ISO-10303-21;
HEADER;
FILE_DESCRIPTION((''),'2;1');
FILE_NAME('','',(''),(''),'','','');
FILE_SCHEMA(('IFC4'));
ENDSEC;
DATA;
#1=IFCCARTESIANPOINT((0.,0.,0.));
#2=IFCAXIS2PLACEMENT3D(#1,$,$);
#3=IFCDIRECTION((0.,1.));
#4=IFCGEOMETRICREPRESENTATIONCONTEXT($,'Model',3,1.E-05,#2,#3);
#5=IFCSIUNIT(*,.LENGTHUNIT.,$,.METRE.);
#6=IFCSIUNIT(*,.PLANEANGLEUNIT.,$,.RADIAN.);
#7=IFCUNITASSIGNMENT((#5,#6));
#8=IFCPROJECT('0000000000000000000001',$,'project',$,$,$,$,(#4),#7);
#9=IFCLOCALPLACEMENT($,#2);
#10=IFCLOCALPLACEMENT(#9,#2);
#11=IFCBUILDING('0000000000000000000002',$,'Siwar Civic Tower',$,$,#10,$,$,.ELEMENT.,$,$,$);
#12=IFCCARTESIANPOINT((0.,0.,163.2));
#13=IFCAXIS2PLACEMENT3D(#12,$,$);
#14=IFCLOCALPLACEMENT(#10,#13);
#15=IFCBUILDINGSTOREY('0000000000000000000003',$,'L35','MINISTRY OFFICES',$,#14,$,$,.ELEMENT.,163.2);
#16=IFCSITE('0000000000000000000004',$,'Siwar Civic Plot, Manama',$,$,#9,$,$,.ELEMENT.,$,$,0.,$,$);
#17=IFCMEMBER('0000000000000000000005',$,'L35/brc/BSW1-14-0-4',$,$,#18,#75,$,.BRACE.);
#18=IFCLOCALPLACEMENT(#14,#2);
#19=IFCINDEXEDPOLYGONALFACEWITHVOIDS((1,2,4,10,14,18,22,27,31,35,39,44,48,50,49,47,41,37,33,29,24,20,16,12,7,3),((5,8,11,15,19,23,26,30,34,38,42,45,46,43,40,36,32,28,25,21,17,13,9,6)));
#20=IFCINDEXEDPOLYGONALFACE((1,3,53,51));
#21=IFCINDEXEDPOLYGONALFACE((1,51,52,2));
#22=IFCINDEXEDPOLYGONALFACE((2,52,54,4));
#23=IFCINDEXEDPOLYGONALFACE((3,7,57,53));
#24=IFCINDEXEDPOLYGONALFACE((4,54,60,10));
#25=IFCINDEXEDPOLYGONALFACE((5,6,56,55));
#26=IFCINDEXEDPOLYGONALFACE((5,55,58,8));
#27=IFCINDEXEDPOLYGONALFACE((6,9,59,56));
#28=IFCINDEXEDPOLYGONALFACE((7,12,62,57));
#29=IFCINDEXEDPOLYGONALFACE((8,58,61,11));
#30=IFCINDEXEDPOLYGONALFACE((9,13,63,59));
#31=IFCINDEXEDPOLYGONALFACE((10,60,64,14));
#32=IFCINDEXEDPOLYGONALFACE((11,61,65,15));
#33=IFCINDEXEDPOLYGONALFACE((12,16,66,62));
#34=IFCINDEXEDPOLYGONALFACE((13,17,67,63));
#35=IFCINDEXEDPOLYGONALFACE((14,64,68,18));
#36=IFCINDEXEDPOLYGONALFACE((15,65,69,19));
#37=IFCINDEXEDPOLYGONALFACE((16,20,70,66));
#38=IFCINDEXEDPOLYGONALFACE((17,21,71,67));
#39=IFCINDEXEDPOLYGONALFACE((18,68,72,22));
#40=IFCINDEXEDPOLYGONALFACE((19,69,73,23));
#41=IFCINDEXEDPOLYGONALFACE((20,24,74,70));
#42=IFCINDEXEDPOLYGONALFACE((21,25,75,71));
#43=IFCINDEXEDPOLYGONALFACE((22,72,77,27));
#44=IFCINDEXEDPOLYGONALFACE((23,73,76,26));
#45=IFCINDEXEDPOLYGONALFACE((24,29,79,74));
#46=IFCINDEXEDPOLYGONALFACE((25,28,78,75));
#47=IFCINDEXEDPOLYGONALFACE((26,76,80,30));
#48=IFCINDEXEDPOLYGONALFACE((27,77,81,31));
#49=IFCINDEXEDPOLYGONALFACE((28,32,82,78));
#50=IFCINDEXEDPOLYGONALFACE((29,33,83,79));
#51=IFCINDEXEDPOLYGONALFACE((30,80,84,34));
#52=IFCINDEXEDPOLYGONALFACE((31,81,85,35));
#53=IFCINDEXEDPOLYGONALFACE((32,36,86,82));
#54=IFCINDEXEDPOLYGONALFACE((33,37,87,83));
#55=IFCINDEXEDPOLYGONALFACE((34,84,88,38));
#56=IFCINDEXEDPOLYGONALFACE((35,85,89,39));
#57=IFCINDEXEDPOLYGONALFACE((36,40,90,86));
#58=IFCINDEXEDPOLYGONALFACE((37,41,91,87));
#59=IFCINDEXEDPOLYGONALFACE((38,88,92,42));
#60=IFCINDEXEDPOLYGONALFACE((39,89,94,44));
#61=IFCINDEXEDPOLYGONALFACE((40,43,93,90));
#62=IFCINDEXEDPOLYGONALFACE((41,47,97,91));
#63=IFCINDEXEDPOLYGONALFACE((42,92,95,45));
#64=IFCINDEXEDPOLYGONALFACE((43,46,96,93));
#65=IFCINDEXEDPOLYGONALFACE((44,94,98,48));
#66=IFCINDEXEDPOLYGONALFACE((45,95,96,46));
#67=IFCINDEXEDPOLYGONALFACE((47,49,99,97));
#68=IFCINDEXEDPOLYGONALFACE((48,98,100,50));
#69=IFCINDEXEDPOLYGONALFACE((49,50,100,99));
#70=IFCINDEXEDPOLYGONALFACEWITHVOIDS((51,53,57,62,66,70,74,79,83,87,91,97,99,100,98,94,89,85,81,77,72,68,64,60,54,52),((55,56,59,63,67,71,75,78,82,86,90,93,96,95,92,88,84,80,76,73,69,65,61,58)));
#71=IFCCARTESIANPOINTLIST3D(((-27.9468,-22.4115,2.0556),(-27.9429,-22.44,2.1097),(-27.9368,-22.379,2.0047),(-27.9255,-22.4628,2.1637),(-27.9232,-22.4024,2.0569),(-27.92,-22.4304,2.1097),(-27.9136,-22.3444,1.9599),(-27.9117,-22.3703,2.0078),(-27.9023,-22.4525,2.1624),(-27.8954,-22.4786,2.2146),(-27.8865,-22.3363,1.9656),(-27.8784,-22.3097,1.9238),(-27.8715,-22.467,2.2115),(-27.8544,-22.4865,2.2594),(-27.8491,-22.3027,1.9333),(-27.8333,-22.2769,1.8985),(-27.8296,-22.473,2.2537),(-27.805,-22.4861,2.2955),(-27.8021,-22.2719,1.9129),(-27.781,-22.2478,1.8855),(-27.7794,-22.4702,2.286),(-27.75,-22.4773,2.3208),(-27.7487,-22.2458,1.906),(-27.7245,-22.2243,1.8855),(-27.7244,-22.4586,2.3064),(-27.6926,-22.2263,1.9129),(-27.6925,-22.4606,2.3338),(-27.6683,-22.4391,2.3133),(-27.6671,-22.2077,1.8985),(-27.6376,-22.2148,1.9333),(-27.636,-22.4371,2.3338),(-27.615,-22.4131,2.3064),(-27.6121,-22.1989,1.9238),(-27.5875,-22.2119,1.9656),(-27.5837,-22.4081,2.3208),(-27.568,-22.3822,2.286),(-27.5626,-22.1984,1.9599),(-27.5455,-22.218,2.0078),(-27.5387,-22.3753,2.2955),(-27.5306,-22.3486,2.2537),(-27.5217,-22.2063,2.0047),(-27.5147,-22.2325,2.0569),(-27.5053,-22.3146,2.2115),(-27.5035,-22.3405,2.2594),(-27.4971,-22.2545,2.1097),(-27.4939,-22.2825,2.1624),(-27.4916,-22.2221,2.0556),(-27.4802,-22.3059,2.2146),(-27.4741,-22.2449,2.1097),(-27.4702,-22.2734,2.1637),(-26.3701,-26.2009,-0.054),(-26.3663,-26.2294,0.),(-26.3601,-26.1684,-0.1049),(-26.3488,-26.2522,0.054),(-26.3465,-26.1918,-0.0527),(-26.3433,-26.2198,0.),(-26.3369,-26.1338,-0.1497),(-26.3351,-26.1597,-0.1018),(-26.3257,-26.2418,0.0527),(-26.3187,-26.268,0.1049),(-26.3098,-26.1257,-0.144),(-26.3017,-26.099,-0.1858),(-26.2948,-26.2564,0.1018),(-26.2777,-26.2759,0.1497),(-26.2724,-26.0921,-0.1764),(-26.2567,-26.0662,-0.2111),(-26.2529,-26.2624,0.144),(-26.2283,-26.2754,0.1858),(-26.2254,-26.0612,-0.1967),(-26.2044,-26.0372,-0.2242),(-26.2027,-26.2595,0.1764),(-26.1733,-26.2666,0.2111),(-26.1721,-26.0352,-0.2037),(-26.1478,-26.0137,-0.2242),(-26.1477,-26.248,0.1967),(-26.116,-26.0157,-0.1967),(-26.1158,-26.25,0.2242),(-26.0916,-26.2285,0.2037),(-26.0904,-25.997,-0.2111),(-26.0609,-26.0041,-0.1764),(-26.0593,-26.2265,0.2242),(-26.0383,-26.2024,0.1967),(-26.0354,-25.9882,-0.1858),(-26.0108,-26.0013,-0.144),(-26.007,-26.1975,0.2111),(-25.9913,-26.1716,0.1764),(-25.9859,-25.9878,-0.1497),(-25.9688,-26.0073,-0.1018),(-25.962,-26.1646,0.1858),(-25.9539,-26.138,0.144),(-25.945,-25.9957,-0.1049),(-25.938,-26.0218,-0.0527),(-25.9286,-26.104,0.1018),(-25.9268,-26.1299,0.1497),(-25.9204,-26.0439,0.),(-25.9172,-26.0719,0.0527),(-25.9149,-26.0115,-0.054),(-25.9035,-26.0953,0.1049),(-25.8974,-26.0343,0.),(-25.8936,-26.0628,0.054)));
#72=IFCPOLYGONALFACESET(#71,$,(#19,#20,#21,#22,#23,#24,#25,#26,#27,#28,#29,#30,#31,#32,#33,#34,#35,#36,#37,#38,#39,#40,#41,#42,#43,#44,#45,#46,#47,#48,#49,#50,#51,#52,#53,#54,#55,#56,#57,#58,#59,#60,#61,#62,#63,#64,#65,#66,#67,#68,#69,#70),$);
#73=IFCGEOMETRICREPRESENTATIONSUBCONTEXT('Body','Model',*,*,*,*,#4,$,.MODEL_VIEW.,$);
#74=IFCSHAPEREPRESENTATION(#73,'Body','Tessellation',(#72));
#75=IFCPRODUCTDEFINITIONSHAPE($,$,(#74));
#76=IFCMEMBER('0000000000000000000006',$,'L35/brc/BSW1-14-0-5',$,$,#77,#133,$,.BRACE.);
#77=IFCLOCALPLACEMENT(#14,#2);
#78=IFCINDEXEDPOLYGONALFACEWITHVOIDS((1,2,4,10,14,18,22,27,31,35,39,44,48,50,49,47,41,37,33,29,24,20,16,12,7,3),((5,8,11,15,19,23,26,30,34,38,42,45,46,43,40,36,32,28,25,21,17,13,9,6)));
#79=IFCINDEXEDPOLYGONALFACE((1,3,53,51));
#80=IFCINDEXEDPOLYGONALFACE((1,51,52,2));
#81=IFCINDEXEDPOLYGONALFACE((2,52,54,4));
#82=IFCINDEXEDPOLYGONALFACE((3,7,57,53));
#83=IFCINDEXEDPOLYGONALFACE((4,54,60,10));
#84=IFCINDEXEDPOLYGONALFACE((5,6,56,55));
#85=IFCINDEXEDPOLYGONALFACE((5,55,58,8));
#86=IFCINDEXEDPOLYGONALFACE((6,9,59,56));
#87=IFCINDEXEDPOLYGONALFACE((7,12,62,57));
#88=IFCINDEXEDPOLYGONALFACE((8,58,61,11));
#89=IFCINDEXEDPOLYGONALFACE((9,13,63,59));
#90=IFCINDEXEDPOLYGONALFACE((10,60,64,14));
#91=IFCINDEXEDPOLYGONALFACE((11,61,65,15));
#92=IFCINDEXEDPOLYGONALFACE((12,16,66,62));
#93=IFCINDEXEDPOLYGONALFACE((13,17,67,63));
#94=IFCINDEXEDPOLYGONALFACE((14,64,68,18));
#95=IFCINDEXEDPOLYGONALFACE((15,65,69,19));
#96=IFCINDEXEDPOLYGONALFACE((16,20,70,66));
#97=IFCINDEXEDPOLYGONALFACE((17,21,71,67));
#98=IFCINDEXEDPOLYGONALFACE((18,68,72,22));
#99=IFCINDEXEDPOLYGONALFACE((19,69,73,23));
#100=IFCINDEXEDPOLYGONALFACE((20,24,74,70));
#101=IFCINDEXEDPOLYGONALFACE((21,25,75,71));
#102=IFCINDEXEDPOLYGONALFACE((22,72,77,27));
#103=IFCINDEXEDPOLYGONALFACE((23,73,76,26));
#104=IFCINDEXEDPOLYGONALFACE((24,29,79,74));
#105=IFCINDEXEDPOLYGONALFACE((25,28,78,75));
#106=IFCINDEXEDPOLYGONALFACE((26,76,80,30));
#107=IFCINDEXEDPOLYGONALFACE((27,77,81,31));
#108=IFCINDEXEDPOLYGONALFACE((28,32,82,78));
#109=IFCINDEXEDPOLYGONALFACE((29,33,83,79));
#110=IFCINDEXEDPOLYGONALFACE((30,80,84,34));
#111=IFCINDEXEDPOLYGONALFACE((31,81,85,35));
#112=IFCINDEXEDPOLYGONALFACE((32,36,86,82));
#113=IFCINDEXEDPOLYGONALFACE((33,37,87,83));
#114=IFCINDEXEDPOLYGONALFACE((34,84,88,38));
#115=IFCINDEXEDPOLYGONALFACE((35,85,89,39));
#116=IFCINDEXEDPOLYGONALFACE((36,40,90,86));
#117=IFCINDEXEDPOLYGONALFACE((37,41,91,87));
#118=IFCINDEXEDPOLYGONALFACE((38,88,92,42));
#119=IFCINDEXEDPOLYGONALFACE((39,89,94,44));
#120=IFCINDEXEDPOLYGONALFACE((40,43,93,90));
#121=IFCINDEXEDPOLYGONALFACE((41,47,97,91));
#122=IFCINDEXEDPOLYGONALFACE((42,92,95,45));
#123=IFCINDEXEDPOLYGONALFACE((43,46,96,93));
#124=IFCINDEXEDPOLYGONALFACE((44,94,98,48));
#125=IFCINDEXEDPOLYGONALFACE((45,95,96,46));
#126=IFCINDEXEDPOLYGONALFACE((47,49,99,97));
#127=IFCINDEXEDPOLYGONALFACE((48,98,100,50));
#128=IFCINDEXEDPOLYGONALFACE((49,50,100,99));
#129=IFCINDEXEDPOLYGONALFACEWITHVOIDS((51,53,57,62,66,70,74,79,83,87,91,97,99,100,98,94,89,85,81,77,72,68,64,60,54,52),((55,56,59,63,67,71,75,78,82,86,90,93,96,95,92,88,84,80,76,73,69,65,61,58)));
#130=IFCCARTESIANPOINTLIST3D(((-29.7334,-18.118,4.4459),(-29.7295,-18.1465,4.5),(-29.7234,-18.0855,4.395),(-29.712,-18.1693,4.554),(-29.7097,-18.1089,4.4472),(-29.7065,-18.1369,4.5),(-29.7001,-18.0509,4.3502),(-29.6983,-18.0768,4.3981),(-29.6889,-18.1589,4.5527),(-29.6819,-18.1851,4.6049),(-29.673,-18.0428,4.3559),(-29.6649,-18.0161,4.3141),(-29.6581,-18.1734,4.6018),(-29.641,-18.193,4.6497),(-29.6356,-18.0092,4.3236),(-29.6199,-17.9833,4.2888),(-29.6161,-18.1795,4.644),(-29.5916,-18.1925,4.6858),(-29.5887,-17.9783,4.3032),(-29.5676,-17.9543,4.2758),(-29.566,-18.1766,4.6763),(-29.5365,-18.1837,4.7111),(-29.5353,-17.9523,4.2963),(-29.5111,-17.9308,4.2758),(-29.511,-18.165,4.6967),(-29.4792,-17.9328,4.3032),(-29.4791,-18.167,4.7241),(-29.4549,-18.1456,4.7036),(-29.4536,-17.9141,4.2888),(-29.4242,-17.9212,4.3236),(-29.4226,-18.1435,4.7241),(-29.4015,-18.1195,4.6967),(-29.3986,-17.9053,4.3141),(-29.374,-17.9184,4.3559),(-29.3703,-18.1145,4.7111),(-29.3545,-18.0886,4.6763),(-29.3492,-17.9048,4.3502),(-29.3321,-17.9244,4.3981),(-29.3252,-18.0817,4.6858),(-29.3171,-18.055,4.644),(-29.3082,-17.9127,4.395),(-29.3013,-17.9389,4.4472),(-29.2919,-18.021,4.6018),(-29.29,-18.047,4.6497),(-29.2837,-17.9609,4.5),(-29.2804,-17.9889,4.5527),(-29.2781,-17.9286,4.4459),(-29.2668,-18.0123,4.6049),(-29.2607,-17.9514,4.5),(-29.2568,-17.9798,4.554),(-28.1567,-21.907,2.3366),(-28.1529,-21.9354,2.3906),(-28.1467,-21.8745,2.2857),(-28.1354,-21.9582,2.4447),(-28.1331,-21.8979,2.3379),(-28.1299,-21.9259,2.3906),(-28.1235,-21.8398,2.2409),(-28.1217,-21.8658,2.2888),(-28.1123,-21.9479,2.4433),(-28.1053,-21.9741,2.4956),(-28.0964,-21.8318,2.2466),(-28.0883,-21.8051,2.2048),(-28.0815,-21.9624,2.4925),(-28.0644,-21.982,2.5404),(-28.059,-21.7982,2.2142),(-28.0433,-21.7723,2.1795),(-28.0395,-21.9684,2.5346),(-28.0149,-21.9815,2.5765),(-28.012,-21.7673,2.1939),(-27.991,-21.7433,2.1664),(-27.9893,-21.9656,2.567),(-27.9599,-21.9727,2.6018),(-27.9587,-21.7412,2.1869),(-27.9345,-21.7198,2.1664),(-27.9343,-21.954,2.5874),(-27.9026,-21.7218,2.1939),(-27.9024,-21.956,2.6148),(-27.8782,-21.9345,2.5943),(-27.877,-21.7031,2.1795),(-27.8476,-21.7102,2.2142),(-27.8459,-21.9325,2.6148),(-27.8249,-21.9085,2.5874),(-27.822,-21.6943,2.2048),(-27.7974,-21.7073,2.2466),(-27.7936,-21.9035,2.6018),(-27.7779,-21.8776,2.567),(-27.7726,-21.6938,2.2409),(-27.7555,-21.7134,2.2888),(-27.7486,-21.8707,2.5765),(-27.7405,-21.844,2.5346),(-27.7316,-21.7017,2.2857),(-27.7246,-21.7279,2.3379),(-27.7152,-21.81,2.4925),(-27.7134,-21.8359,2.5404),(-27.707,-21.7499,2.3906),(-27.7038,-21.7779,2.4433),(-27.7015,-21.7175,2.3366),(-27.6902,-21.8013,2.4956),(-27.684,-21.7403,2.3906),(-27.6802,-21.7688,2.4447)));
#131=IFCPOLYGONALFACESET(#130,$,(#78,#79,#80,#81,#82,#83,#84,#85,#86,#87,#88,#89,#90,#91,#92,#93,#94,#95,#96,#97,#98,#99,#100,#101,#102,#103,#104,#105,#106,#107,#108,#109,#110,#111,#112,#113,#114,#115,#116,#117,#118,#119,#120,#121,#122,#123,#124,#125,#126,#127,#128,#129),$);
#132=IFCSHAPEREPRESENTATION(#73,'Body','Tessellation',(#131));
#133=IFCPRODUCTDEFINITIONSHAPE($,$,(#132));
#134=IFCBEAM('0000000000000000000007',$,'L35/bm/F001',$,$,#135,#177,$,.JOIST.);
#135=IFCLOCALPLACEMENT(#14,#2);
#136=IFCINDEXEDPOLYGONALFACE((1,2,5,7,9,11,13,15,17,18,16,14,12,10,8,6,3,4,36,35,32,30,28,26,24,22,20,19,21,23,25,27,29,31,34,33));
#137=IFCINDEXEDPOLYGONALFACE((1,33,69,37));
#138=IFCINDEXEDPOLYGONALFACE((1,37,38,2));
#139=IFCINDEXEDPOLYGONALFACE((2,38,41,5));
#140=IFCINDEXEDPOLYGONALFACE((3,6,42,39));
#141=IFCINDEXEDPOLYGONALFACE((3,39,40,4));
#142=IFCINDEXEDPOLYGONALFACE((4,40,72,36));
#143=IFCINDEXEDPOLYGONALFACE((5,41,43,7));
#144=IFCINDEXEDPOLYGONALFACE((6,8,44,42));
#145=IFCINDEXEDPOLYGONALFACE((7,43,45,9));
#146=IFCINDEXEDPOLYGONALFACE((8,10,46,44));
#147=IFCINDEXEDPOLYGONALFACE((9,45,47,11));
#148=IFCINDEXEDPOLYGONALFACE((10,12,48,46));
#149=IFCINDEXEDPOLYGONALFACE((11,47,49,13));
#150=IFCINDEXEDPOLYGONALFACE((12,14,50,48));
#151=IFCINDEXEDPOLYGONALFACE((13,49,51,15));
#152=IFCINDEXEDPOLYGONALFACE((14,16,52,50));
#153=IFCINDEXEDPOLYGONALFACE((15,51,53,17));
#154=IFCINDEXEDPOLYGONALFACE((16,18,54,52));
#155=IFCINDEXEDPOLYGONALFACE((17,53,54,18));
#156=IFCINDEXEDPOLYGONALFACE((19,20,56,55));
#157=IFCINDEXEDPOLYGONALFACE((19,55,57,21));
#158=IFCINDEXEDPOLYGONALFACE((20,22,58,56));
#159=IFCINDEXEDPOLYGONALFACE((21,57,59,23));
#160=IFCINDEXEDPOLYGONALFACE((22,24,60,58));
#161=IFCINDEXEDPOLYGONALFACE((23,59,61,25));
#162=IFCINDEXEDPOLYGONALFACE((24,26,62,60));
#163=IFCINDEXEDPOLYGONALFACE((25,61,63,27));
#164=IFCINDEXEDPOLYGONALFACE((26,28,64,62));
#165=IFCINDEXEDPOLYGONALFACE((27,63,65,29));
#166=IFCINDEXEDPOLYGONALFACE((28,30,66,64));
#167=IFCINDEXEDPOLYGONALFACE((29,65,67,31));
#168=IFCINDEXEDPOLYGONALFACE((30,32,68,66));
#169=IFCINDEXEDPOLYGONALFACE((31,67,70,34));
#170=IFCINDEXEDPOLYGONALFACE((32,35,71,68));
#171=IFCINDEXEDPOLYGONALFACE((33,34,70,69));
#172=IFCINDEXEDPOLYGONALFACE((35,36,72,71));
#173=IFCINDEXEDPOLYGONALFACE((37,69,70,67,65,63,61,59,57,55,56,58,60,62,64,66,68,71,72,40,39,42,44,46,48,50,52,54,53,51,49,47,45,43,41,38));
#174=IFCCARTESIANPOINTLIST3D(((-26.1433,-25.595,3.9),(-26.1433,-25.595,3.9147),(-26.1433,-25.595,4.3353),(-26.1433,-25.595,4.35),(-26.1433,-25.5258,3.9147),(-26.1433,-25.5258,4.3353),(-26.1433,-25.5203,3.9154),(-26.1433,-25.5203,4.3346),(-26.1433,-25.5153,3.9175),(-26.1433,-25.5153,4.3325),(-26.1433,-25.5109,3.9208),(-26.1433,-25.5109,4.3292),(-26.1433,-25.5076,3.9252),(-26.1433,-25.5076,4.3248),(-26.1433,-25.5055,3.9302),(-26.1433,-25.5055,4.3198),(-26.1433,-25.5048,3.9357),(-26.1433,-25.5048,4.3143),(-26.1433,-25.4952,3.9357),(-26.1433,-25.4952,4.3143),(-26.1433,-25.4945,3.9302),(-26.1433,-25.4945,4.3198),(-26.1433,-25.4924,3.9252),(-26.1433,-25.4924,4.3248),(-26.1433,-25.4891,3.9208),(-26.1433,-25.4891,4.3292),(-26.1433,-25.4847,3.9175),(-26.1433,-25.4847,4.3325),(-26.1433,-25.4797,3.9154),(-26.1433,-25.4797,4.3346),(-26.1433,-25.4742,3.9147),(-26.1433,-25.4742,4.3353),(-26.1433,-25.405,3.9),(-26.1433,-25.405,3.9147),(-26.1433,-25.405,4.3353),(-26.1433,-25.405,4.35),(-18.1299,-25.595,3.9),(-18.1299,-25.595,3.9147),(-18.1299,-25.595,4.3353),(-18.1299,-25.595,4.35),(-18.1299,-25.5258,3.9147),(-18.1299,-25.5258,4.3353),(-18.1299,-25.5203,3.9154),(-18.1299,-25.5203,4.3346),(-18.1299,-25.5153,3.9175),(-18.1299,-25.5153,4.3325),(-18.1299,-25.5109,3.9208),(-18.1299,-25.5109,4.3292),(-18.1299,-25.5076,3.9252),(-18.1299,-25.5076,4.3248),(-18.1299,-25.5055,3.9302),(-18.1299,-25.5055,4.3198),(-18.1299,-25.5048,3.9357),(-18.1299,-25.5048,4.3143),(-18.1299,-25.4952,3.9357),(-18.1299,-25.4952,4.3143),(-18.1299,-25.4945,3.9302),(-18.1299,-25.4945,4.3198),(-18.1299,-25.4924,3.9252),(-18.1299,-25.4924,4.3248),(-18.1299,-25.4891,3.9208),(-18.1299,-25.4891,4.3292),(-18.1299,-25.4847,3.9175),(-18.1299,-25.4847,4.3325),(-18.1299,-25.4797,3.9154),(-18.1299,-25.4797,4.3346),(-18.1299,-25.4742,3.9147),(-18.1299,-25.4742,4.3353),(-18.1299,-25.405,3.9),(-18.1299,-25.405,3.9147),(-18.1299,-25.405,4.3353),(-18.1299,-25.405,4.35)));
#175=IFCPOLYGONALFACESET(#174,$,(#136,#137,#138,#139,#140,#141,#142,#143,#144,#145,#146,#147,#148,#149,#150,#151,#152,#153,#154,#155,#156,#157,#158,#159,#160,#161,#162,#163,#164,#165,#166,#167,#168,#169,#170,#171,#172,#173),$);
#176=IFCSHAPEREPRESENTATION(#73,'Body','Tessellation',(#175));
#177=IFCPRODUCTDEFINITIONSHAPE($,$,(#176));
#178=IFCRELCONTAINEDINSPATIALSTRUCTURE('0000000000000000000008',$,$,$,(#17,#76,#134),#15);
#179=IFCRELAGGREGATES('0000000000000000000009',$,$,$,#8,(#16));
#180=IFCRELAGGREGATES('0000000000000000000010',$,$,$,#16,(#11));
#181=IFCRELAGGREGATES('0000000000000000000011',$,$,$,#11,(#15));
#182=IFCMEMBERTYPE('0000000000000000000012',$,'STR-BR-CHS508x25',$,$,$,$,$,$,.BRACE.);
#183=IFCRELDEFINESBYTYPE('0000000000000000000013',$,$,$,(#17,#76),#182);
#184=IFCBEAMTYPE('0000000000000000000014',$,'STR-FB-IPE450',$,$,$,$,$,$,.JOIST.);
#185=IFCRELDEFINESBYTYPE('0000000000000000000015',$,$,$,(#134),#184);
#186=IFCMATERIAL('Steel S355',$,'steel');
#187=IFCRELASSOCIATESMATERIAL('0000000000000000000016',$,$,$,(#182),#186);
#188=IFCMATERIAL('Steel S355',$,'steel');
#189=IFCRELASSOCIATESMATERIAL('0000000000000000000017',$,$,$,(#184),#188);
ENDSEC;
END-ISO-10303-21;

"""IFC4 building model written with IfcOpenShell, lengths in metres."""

from ifc_helpers import new_model, si_unit, direction, frame, origin, origin_2d, place, context, subcontext, project, spatial, hollow_circle, i_section, extrude, material, material_profile, profile_set, type_object, element, save


model = new_model("IFC4")

# Units and contexts
model_context = context("Model", 3, precision=1e-05, world=origin(), true_north=direction((0.0, 1.0)))
body_context = subcontext(model_context, "Body", "Model", "MODEL_VIEW")
ifc_project = project(units=[si_unit("LENGTHUNIT", "METRE"), si_unit("PLANEANGLEUNIT", "RADIAN")], contexts=[model_context])

# Site, building, storey
site_placement = place(None, origin())
site = spatial("IfcSite", under=ifc_project, at=site_placement, Name="Siwar Civic Plot, Manama", CompositionType="ELEMENT", RefElevation=0.0)
building_placement = place(site_placement, origin())
building = spatial("IfcBuilding", under=site, at=building_placement, Name="Siwar Civic Tower", CompositionType="ELEMENT")
storey_placement = place(building_placement, frame((0.0, 0.0, 163.2)))
storey = spatial("IfcBuildingStorey", under=building, at=storey_placement, Name="L35", Description="MINISTRY OFFICES", CompositionType="ELEMENT", Elevation=163.2)

# Members
ifc_material_1 = material(Name="Steel S355", Category="steel")
ifc_material_profile_1 = material_profile(ifc_material_1, hollow_circle(Radius=0.2539, WallThickness=0.0249, at=origin_2d()), Name="CHS508x25")
ifc_profile_set_1 = profile_set([ifc_material_profile_1], Name="Steel S355")
member_type_1 = type_object("IfcMemberType", Name="STR-BR-CHS508x25", PredefinedType="BRACE", material=ifc_profile_set_1)
member_1_placement = place(storey_placement, frame((-26.1318, -26.1318, 0.0), z_axis=(-0.341662, 0.821143, 0.457155), x_axis=(-0.923269, -0.384155, 0.0)))
element("IfcMember", 1, at=member_1_placement, inside=storey, type_object=member_type_1, Name="L35/brc/BSW1-14-0-4", PredefinedType="BRACE", context=body_context, shape_type="SweptSolid", body=[
    extrude(hollow_circle(Radius=0.2539, WallThickness=0.0249, at=origin_2d()), origin(), (0.0, 0.0, 1.0), 4.6147),
])
member_2_placement = place(storey_placement, frame((-27.9185, -21.8379, 2.3906), z_axis=(-0.341686, 0.821146, 0.457133), x_axis=(-0.92326, -0.384176, 0.0)))
element("IfcMember", 2, at=member_2_placement, inside=storey, type_object=member_type_1, Name="L35/brc/BSW1-14-0-5", PredefinedType="BRACE", context=body_context, shape_type="SweptSolid", body=[
    extrude(hollow_circle(Radius=0.2539, WallThickness=0.0249, at=origin_2d()), origin(), (0.0, 0.0, 1.0), 4.6143),
])

# Beam
ifc_material_2 = material(Name="Steel S355", Category="steel")
ifc_material_profile_2 = material_profile(ifc_material_2, i_section(OverallWidth=0.1899, OverallDepth=0.45, WebThickness=0.0095, FlangeThickness=0.0146, FilletRadius=0.021, at=origin_2d()), Name="IPE450")
ifc_profile_set_2 = profile_set([ifc_material_profile_2], Name="Steel S355")
beam_type_1 = type_object("IfcBeamType", Name="STR-FB-IPE450", PredefinedType="JOIST", material=ifc_profile_set_2)
beam_1_placement = place(storey_placement, frame((-26.1433, -25.5, 4.125), z_axis=(1.0, 0.0, 0.0), x_axis=(0.0, 1.0, 0.0)))
element("IfcBeam", 3, at=beam_1_placement, inside=storey, type_object=beam_type_1, Name="L35/bm/F001", PredefinedType="JOIST", context=body_context, shape_type="SweptSolid", body=[
    extrude(i_section(OverallWidth=0.1899, OverallDepth=0.45, WebThickness=0.0095, FlangeThickness=0.0146, FilletRadius=0.021, at=origin_2d()), origin(), (0.0, 0.0, 1.0), 8.0134),
])

save(model, "model.ifc")
